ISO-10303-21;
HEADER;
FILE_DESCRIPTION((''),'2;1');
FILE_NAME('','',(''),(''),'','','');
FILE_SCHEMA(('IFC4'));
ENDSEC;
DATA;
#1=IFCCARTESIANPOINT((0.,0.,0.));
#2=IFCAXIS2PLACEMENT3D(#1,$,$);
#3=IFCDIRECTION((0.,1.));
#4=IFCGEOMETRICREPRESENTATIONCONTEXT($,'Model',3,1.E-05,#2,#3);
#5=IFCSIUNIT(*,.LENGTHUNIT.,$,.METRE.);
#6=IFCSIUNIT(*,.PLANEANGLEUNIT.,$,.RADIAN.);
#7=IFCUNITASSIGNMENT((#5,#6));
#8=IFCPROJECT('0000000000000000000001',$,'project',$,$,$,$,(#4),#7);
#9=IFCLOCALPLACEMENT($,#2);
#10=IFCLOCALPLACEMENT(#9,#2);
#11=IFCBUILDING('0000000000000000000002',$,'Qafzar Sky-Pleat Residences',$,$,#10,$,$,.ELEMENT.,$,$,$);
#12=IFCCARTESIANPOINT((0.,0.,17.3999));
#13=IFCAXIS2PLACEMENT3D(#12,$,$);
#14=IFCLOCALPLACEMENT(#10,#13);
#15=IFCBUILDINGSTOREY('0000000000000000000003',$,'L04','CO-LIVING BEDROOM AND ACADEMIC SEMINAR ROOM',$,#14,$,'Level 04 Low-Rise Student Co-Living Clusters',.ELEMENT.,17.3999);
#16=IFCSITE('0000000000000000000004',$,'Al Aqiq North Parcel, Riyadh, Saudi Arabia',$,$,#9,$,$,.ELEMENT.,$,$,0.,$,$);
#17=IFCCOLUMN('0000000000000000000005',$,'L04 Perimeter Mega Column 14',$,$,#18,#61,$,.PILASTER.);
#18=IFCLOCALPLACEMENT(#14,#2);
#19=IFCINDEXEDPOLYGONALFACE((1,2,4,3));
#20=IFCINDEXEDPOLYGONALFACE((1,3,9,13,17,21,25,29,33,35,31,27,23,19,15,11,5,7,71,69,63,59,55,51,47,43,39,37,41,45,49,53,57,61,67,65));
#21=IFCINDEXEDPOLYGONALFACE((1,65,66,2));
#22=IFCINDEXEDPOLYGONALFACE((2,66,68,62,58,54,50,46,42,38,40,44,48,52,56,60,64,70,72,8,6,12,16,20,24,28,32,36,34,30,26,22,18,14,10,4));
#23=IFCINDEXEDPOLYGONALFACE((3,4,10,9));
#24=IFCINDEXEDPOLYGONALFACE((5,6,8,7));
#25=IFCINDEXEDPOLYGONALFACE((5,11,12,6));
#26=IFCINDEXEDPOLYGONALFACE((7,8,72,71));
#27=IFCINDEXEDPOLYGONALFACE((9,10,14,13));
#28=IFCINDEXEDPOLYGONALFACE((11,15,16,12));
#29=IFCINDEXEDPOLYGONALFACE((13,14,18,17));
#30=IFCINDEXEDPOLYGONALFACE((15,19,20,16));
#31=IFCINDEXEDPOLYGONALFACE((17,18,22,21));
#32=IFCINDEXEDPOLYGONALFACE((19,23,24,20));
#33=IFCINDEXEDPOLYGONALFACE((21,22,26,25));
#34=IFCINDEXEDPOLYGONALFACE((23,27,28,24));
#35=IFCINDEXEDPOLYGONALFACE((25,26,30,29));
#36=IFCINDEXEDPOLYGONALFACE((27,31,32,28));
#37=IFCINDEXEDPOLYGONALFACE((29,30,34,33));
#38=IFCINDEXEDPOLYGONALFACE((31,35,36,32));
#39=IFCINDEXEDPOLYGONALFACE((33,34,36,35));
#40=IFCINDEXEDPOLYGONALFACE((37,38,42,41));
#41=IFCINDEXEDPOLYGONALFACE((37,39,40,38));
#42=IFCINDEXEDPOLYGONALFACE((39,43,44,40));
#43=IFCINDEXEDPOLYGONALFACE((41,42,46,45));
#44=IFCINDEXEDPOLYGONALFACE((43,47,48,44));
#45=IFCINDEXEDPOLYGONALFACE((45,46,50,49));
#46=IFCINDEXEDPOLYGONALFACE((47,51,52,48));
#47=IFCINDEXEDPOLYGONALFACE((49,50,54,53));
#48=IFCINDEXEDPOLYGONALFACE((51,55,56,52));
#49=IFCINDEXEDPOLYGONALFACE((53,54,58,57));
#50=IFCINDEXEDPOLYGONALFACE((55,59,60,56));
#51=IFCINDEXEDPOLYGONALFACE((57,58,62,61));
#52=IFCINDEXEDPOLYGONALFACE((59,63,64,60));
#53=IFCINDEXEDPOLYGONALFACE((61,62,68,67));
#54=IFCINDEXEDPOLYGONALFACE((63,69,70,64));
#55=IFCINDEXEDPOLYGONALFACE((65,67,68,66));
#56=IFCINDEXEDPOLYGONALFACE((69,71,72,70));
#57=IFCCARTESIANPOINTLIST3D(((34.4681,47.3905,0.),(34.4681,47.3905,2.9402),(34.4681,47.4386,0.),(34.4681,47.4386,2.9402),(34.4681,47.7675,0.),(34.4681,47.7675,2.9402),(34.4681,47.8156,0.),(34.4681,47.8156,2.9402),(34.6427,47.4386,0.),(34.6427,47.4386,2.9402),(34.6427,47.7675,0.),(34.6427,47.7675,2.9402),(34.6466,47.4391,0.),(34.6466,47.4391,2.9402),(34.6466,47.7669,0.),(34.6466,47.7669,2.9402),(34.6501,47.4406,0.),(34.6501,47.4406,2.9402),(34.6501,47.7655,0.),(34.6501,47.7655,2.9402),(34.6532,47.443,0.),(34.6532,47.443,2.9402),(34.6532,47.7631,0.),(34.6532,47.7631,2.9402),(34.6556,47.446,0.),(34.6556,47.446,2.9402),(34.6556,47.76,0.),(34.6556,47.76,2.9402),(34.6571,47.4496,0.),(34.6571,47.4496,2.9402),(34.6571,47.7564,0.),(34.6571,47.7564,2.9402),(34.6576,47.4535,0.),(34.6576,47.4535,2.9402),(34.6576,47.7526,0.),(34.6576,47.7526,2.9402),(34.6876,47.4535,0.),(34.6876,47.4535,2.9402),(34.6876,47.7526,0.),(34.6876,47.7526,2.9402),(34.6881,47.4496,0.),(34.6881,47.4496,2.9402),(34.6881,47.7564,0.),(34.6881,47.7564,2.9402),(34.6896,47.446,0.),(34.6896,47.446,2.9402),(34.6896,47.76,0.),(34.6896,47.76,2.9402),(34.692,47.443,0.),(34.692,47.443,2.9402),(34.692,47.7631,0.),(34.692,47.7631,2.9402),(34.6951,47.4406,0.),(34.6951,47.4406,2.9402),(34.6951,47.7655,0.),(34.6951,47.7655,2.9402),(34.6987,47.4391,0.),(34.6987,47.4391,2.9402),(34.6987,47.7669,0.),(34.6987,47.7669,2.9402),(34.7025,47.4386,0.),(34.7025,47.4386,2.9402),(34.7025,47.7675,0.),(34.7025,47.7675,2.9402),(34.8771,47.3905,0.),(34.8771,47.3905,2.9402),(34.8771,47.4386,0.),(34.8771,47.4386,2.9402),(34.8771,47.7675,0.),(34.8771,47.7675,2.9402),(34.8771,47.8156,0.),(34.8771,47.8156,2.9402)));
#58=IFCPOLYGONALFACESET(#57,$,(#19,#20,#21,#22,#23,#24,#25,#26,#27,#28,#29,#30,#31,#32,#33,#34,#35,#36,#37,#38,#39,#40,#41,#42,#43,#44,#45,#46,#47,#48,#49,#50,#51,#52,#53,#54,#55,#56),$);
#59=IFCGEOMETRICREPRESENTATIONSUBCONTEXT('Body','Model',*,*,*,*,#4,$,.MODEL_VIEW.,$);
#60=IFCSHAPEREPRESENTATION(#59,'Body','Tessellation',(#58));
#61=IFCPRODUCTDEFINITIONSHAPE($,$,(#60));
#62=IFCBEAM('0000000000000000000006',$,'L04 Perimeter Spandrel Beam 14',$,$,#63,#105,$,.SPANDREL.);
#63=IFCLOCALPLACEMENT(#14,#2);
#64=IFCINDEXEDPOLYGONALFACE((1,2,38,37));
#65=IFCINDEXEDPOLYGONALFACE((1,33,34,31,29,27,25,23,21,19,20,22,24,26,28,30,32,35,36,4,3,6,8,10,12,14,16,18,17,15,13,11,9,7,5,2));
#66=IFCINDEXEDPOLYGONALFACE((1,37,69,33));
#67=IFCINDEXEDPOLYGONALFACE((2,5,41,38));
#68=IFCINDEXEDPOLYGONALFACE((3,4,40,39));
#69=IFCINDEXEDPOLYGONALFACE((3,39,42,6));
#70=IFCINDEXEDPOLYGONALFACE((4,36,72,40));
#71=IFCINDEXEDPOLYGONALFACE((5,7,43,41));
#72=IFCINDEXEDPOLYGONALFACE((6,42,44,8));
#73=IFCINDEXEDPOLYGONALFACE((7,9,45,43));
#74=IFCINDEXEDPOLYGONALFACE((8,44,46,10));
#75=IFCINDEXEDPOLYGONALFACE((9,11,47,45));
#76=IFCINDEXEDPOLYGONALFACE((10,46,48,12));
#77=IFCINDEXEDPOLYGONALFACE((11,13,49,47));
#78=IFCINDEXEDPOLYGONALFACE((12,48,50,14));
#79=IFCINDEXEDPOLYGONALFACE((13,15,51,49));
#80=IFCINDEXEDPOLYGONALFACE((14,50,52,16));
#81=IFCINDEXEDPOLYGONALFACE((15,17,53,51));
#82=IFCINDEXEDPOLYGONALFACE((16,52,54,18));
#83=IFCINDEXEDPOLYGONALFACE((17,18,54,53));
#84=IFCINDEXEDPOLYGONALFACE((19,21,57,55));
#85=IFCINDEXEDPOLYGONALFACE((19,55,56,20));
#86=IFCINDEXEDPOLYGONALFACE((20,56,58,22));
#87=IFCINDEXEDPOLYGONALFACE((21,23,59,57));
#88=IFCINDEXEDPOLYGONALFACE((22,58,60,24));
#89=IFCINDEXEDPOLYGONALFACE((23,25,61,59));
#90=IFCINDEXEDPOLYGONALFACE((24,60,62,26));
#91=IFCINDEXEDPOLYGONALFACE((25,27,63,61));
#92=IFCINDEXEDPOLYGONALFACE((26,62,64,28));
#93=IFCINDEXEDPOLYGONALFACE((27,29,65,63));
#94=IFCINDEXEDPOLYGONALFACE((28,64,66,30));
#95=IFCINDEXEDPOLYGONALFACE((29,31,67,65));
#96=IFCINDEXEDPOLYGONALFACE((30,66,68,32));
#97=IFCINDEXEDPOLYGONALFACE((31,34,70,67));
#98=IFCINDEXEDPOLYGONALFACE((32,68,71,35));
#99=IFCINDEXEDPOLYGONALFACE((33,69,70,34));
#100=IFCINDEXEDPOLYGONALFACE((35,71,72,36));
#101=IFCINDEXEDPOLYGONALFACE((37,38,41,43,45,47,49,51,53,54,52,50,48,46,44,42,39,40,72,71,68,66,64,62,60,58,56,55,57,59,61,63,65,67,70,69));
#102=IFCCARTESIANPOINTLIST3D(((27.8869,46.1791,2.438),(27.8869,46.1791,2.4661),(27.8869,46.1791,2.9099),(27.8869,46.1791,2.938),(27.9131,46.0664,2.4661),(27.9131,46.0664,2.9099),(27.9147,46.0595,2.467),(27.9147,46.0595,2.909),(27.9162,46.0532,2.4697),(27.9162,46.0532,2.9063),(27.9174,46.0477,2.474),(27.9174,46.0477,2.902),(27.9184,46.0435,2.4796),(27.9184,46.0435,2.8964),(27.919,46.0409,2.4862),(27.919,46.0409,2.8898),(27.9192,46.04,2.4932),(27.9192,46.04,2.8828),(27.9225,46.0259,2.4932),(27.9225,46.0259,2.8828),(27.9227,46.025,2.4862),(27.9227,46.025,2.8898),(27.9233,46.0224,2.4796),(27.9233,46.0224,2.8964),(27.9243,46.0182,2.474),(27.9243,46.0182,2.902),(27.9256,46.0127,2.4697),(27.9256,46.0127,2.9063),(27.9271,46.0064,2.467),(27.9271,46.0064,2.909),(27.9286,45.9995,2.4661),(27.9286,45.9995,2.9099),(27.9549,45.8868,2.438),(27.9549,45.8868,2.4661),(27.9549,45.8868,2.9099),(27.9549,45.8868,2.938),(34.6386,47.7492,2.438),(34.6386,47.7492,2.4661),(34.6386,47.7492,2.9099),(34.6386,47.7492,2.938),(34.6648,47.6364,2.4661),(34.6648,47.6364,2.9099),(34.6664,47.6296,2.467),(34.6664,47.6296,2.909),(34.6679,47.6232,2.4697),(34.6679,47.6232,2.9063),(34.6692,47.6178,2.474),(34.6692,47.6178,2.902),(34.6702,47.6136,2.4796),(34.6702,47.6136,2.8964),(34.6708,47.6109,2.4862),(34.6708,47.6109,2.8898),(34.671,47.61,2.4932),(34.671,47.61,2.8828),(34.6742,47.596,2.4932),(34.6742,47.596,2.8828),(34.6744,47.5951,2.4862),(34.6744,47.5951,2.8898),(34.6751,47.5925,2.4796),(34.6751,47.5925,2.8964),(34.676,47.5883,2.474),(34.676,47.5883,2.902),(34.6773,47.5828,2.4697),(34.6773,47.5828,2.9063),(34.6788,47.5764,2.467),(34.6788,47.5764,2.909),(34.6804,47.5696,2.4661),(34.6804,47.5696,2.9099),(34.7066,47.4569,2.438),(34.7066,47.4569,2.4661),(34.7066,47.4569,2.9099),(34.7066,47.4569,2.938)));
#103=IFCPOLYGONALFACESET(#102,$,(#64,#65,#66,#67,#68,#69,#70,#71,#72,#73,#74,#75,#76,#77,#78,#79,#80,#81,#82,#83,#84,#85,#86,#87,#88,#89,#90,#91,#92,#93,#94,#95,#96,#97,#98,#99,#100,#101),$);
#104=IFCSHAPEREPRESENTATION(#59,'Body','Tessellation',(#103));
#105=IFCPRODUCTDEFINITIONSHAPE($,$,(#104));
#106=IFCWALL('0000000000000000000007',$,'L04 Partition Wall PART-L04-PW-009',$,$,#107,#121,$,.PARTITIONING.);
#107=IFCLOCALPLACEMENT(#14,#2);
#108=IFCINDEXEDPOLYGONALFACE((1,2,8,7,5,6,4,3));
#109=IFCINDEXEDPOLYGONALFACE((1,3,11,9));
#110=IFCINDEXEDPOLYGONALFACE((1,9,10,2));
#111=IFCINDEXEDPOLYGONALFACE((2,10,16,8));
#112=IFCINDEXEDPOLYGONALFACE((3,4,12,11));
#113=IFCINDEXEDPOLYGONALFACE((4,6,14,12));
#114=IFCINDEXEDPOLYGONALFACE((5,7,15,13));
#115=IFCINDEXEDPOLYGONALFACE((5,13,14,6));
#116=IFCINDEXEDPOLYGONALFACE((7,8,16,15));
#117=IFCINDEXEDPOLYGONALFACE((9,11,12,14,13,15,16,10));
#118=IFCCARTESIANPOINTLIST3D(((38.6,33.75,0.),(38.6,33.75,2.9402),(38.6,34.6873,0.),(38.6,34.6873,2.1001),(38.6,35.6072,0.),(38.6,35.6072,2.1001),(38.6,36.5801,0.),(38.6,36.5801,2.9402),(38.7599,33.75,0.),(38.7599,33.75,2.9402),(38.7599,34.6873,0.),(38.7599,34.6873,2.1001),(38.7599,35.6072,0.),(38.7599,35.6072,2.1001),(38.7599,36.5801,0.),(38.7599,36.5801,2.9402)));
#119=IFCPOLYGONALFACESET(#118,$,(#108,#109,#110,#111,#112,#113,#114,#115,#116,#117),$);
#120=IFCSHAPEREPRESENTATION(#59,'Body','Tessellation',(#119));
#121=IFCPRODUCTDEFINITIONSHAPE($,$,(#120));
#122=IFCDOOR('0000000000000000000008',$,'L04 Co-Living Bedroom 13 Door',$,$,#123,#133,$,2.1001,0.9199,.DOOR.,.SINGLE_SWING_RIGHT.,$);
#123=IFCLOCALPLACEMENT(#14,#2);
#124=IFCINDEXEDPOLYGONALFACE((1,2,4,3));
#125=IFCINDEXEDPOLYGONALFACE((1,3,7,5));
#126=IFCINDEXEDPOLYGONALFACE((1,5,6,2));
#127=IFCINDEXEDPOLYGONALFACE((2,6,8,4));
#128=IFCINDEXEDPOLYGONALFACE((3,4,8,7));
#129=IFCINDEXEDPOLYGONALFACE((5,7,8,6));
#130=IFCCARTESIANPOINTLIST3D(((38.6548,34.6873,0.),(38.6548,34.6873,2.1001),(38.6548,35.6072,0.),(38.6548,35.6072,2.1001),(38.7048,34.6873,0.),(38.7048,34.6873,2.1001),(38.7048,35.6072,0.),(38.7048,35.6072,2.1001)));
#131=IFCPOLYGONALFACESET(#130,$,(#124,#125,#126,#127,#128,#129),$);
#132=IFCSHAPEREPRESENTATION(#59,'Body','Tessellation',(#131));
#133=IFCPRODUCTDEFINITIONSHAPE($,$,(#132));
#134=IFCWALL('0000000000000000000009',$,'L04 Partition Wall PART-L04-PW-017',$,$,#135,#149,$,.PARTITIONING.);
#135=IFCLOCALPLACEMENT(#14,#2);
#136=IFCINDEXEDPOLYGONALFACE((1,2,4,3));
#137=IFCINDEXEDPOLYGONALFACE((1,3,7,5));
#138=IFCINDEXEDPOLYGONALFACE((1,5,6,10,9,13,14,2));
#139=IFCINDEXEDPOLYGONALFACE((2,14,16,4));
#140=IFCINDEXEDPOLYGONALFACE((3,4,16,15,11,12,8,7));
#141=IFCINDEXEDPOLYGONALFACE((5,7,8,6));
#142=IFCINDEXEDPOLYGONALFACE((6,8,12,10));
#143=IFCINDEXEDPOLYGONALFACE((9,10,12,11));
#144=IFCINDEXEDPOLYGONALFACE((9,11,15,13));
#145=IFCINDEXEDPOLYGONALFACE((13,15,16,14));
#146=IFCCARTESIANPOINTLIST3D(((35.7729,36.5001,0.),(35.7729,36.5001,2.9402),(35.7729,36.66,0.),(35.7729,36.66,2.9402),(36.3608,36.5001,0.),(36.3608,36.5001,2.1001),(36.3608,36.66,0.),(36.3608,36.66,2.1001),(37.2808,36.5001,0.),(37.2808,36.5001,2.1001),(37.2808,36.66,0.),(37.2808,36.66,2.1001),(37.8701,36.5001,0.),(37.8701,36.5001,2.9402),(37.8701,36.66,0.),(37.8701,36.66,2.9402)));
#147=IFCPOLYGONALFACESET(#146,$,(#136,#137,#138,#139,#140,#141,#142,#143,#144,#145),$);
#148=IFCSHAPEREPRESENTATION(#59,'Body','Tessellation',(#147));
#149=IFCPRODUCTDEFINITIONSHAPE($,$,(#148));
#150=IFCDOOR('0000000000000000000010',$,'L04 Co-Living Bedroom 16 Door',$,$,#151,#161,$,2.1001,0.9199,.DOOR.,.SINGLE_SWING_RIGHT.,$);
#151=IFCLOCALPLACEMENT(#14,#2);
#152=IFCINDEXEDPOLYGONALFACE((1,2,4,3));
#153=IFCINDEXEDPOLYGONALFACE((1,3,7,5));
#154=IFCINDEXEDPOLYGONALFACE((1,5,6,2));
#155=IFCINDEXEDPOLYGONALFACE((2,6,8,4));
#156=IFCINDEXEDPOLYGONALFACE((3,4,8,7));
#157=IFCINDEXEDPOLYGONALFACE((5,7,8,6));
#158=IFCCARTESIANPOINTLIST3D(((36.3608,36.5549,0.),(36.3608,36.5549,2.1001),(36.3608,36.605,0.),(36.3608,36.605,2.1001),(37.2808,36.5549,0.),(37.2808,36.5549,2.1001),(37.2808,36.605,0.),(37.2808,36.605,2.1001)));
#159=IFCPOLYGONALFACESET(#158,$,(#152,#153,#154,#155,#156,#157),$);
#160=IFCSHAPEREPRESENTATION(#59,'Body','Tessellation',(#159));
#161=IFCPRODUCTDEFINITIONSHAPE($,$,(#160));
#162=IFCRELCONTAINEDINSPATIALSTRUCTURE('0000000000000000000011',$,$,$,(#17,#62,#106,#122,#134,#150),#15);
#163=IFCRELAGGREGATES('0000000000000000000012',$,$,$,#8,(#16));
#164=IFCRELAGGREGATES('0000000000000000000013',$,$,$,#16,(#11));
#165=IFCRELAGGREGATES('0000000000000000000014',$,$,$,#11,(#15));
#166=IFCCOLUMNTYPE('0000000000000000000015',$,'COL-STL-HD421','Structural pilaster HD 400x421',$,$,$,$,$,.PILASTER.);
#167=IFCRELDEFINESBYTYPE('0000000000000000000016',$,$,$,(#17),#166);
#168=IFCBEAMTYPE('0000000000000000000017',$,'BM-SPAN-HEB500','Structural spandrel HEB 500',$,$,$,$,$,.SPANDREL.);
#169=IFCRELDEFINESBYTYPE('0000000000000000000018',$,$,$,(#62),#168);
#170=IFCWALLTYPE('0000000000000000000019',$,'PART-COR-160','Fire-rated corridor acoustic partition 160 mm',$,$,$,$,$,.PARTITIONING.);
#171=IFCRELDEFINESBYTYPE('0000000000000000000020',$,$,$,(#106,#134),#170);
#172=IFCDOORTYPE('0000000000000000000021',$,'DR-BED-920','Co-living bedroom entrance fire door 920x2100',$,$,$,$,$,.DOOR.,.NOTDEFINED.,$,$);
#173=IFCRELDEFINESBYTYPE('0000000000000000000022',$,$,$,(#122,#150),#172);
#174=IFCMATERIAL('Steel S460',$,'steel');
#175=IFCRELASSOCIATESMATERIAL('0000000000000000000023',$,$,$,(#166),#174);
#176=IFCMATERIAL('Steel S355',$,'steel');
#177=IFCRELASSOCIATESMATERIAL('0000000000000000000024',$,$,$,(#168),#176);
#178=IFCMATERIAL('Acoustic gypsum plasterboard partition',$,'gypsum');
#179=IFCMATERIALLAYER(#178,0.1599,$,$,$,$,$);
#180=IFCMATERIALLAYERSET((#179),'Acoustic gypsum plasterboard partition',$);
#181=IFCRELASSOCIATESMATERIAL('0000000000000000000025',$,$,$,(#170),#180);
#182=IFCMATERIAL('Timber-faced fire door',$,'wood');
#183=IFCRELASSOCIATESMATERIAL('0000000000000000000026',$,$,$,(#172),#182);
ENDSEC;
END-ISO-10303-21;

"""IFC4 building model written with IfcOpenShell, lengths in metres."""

from ifc_helpers import new_model, si_unit, direction, frame, frame_2d, origin, origin_2d, place, context, subcontext, project, spatial, rectangle, i_section, extrude, source, transform, mapped, material, layer, layer_set, material_profile, profile_set, type_object, element, fill, save


model = new_model("IFC4")

# Units and contexts
model_context = context("Model", 3, precision=1e-05, world=origin(), true_north=direction((0.0, 1.0)))
body_context = subcontext(model_context, "Body", "Model", "MODEL_VIEW")
ifc_project = project(units=[si_unit("LENGTHUNIT", "METRE"), si_unit("PLANEANGLEUNIT", "RADIAN")], contexts=[model_context])

# Site, building, storey
site_placement = place(None, origin())
site = spatial("IfcSite", under=ifc_project, at=site_placement, Name="Al Aqiq North Parcel, Riyadh, Saudi Arabia", CompositionType="ELEMENT", RefElevation=0.0)
building_placement = place(site_placement, origin())
building = spatial("IfcBuilding", under=site, at=building_placement, Name="Qafzar Sky-Pleat Residences", CompositionType="ELEMENT")
storey_placement = place(building_placement, frame((0.0, 0.0, 17.3999)))
storey = spatial("IfcBuildingStorey", under=building, at=storey_placement, Name="L04", Description="CO-LIVING BEDROOM AND ACADEMIC SEMINAR ROOM", LongName="Level 04 Low-Rise Student Co-Living Clusters", CompositionType="ELEMENT", Elevation=17.3999)

# Column
ifc_material_1 = material(Name="Steel S460", Category="steel")
ifc_material_profile_1 = material_profile(ifc_material_1, i_section(OverallWidth=0.4089, OverallDepth=0.425, WebThickness=0.03, FlangeThickness=0.0481, FilletRadius=0.0149, at=origin_2d()), Name="HD 400x421")
ifc_profile_set_1 = profile_set([ifc_material_profile_1], Name="Steel S460")
column_type = type_object("IfcColumnType", Name="COL-STL-HD421", Description="Structural pilaster HD 400x421", PredefinedType="PILASTER", material=ifc_profile_set_1)
shared_shape_1 = source(origin(), body_context, "Body", "SweptSolid", [
    extrude(i_section(OverallWidth=0.4089, OverallDepth=0.425, WebThickness=0.03, FlangeThickness=0.0481, FilletRadius=0.0149, at=origin_2d()), origin(), (0.0, 0.0, 1.0), 2.9402),
])
column_placement = place(storey_placement, frame((34.6726, 47.603, 0.0), z_axis=(0.0, 0.0, 1.0), x_axis=(1.0, 0.0, 0.0)))
element("IfcColumn", 1, at=column_placement, inside=storey, type_object=column_type, Name="L04 Perimeter Mega Column 14", PredefinedType="PILASTER", context=body_context, shape_type="MappedRepresentation", body=[
    mapped(shared_shape_1, transform((0.0, 0.0, 0.0), x_axis=(1.0, 0.0, 0.0), y_axis=(0.0, 1.0, 0.0), z_axis=(0.0, 0.0, 1.0), scale=1.0)),
])

# Beam
ifc_material_2 = material(Name="Steel S355", Category="steel")
ifc_material_profile_2 = material_profile(ifc_material_2, i_section(OverallWidth=0.3, OverallDepth=0.5, WebThickness=0.0144, FlangeThickness=0.0281, FilletRadius=0.0271, at=origin_2d()), Name="HEB 500")
ifc_profile_set_2 = profile_set([ifc_material_profile_2], Name="Steel S355")
beam_type = type_object("IfcBeamType", Name="BM-SPAN-HEB500", Description="Structural spandrel HEB 500", PredefinedType="SPANDREL", material=ifc_profile_set_2)
shared_shape_2 = source(origin(), body_context, "Body", "SweptSolid", [
    extrude(i_section(OverallWidth=0.3, OverallDepth=0.5, WebThickness=0.0144, FlangeThickness=0.0281, FilletRadius=0.0271, at=origin_2d()), origin(), (0.0, 0.0, 1.0), 6.9319),
])
beam_placement = place(storey_placement, frame((34.6726, 47.603, 2.688), z_axis=(-0.974011, -0.2265, 0.0), x_axis=(0.2265, -0.974011, 0.0)))
element("IfcBeam", 2, at=beam_placement, inside=storey, type_object=beam_type, Name="L04 Perimeter Spandrel Beam 14", PredefinedType="SPANDREL", context=body_context, shape_type="MappedRepresentation", body=[
    mapped(shared_shape_2, transform((0.0, 0.0, 0.0), x_axis=(1.0, 0.0, 0.0), y_axis=(0.0, 1.0, 0.0), z_axis=(0.0, 0.0, 1.0), scale=1.0)),
])

# Walls, openings, doors
ifc_material_3 = material(Name="Acoustic gypsum plasterboard partition", Category="gypsum")
ifc_layer_1 = layer(ifc_material_3, 0.1599)
ifc_layer_set_1 = layer_set([ifc_layer_1], Name="Acoustic gypsum plasterboard partition")
wall_type_1 = type_object("IfcWallType", Name="PART-COR-160", Description="Fire-rated corridor acoustic partition 160 mm", PredefinedType="PARTITIONING", material=ifc_layer_set_1)
wall_1_placement = place(storey_placement, frame((38.6799, 36.5801, 0.0), z_axis=(0.0, 0.0, 1.0), x_axis=(0.0, -1.0, 0.0)))
wall_1 = element("IfcWall", 3, at=wall_1_placement, inside=storey, type_object=wall_type_1, Name="L04 Partition Wall PART-L04-PW-009", PredefinedType="PARTITIONING", context=body_context, shape_type="SweptSolid", body=[
    extrude(rectangle(XDim=2.8301, YDim=0.1599, at=frame_2d((1.415, 0.0))), origin(), (0.0, 0.0, 1.0), 2.9402),
])
opening_1_placement = place(wall_1_placement, frame((0.9729, 0.0, 0.0)))
opening_1 = element("IfcOpeningElement", 4, at=opening_1_placement, cuts=wall_1, PredefinedType="OPENING", context=body_context, shape_type="SweptSolid", body=[
    extrude(rectangle(XDim=0.9199, YDim=2.1001, at=frame_2d((0.46, 1.05))), frame((0.0, 0.0898, 0.0), z_axis=(0.0, -1.0, 0.0), x_axis=(1.0, 0.0, 0.0)), (0.0, 0.0, 1.0), 0.1799),
])
ifc_material_4 = material(Name="Timber-faced fire door", Category="wood")
door_type_1 = type_object("IfcDoorType", Name="DR-BED-920", Description="Co-living bedroom entrance fire door 920x2100", OperationType="NOTDEFINED", PredefinedType="DOOR", material=ifc_material_4)
shared_shape_3 = source(origin(), body_context, "Body", "SweptSolid", [
    extrude(rectangle(XDim=0.9199, YDim=2.1001, at=frame_2d((0.46, 1.05))), frame((0.0, 0.0249, 0.0), z_axis=(0.0, -1.0, 0.0), x_axis=(1.0, 0.0, 0.0)), (0.0, 0.0, 1.0), 0.05),
])
door_1_placement = place(opening_1_placement, origin())
door_1 = element("IfcDoor", 5, at=door_1_placement, inside=storey, type_object=door_type_1, Name="L04 Co-Living Bedroom 13 Door", OperationType="SINGLE_SWING_RIGHT", OverallHeight=2.1001, OverallWidth=0.9199, PredefinedType="DOOR", context=body_context, shape_type="MappedRepresentation", body=[
    mapped(shared_shape_3, transform((0.0, 0.0, 0.0), x_axis=(1.0, 0.0, 0.0), y_axis=(0.0, 1.0, 0.0), z_axis=(0.0, 0.0, 1.0), scale=1.0)),
])
fill(opening_1, door_1)
wall_2_placement = place(storey_placement, frame((35.7729, 36.5801, 0.0), z_axis=(0.0, 0.0, 1.0), x_axis=(1.0, 0.0, 0.0)))
wall_2 = element("IfcWall", 6, at=wall_2_placement, inside=storey, type_object=wall_type_1, Name="L04 Partition Wall PART-L04-PW-017", PredefinedType="PARTITIONING", context=body_context, shape_type="SweptSolid", body=[
    extrude(rectangle(XDim=2.0972, YDim=0.1599, at=frame_2d((1.0486, 0.0))), origin(), (0.0, 0.0, 1.0), 2.9402),
])
opening_2_placement = place(wall_2_placement, frame((0.5879, 0.0, 0.0)))
opening_2 = element("IfcOpeningElement", 7, at=opening_2_placement, cuts=wall_2, PredefinedType="OPENING", context=body_context, shape_type="SweptSolid", body=[
    extrude(rectangle(XDim=0.9199, YDim=2.1001, at=frame_2d((0.46, 1.05))), frame((0.0, 0.0898, 0.0), z_axis=(0.0, -1.0, 0.0), x_axis=(1.0, 0.0, 0.0)), (0.0, 0.0, 1.0), 0.1799),
])
door_2_placement = place(opening_2_placement, origin())
door_2 = element("IfcDoor", 8, at=door_2_placement, inside=storey, type_object=door_type_1, Name="L04 Co-Living Bedroom 16 Door", OperationType="SINGLE_SWING_RIGHT", OverallHeight=2.1001, OverallWidth=0.9199, PredefinedType="DOOR", context=body_context, shape_type="MappedRepresentation", body=[
    mapped(shared_shape_3, transform((0.0, 0.0, 0.0), x_axis=(1.0, 0.0, 0.0), y_axis=(0.0, 1.0, 0.0), z_axis=(0.0, 0.0, 1.0), scale=1.0)),
])
fill(opening_2, door_2)

save(model, "model.ifc")
